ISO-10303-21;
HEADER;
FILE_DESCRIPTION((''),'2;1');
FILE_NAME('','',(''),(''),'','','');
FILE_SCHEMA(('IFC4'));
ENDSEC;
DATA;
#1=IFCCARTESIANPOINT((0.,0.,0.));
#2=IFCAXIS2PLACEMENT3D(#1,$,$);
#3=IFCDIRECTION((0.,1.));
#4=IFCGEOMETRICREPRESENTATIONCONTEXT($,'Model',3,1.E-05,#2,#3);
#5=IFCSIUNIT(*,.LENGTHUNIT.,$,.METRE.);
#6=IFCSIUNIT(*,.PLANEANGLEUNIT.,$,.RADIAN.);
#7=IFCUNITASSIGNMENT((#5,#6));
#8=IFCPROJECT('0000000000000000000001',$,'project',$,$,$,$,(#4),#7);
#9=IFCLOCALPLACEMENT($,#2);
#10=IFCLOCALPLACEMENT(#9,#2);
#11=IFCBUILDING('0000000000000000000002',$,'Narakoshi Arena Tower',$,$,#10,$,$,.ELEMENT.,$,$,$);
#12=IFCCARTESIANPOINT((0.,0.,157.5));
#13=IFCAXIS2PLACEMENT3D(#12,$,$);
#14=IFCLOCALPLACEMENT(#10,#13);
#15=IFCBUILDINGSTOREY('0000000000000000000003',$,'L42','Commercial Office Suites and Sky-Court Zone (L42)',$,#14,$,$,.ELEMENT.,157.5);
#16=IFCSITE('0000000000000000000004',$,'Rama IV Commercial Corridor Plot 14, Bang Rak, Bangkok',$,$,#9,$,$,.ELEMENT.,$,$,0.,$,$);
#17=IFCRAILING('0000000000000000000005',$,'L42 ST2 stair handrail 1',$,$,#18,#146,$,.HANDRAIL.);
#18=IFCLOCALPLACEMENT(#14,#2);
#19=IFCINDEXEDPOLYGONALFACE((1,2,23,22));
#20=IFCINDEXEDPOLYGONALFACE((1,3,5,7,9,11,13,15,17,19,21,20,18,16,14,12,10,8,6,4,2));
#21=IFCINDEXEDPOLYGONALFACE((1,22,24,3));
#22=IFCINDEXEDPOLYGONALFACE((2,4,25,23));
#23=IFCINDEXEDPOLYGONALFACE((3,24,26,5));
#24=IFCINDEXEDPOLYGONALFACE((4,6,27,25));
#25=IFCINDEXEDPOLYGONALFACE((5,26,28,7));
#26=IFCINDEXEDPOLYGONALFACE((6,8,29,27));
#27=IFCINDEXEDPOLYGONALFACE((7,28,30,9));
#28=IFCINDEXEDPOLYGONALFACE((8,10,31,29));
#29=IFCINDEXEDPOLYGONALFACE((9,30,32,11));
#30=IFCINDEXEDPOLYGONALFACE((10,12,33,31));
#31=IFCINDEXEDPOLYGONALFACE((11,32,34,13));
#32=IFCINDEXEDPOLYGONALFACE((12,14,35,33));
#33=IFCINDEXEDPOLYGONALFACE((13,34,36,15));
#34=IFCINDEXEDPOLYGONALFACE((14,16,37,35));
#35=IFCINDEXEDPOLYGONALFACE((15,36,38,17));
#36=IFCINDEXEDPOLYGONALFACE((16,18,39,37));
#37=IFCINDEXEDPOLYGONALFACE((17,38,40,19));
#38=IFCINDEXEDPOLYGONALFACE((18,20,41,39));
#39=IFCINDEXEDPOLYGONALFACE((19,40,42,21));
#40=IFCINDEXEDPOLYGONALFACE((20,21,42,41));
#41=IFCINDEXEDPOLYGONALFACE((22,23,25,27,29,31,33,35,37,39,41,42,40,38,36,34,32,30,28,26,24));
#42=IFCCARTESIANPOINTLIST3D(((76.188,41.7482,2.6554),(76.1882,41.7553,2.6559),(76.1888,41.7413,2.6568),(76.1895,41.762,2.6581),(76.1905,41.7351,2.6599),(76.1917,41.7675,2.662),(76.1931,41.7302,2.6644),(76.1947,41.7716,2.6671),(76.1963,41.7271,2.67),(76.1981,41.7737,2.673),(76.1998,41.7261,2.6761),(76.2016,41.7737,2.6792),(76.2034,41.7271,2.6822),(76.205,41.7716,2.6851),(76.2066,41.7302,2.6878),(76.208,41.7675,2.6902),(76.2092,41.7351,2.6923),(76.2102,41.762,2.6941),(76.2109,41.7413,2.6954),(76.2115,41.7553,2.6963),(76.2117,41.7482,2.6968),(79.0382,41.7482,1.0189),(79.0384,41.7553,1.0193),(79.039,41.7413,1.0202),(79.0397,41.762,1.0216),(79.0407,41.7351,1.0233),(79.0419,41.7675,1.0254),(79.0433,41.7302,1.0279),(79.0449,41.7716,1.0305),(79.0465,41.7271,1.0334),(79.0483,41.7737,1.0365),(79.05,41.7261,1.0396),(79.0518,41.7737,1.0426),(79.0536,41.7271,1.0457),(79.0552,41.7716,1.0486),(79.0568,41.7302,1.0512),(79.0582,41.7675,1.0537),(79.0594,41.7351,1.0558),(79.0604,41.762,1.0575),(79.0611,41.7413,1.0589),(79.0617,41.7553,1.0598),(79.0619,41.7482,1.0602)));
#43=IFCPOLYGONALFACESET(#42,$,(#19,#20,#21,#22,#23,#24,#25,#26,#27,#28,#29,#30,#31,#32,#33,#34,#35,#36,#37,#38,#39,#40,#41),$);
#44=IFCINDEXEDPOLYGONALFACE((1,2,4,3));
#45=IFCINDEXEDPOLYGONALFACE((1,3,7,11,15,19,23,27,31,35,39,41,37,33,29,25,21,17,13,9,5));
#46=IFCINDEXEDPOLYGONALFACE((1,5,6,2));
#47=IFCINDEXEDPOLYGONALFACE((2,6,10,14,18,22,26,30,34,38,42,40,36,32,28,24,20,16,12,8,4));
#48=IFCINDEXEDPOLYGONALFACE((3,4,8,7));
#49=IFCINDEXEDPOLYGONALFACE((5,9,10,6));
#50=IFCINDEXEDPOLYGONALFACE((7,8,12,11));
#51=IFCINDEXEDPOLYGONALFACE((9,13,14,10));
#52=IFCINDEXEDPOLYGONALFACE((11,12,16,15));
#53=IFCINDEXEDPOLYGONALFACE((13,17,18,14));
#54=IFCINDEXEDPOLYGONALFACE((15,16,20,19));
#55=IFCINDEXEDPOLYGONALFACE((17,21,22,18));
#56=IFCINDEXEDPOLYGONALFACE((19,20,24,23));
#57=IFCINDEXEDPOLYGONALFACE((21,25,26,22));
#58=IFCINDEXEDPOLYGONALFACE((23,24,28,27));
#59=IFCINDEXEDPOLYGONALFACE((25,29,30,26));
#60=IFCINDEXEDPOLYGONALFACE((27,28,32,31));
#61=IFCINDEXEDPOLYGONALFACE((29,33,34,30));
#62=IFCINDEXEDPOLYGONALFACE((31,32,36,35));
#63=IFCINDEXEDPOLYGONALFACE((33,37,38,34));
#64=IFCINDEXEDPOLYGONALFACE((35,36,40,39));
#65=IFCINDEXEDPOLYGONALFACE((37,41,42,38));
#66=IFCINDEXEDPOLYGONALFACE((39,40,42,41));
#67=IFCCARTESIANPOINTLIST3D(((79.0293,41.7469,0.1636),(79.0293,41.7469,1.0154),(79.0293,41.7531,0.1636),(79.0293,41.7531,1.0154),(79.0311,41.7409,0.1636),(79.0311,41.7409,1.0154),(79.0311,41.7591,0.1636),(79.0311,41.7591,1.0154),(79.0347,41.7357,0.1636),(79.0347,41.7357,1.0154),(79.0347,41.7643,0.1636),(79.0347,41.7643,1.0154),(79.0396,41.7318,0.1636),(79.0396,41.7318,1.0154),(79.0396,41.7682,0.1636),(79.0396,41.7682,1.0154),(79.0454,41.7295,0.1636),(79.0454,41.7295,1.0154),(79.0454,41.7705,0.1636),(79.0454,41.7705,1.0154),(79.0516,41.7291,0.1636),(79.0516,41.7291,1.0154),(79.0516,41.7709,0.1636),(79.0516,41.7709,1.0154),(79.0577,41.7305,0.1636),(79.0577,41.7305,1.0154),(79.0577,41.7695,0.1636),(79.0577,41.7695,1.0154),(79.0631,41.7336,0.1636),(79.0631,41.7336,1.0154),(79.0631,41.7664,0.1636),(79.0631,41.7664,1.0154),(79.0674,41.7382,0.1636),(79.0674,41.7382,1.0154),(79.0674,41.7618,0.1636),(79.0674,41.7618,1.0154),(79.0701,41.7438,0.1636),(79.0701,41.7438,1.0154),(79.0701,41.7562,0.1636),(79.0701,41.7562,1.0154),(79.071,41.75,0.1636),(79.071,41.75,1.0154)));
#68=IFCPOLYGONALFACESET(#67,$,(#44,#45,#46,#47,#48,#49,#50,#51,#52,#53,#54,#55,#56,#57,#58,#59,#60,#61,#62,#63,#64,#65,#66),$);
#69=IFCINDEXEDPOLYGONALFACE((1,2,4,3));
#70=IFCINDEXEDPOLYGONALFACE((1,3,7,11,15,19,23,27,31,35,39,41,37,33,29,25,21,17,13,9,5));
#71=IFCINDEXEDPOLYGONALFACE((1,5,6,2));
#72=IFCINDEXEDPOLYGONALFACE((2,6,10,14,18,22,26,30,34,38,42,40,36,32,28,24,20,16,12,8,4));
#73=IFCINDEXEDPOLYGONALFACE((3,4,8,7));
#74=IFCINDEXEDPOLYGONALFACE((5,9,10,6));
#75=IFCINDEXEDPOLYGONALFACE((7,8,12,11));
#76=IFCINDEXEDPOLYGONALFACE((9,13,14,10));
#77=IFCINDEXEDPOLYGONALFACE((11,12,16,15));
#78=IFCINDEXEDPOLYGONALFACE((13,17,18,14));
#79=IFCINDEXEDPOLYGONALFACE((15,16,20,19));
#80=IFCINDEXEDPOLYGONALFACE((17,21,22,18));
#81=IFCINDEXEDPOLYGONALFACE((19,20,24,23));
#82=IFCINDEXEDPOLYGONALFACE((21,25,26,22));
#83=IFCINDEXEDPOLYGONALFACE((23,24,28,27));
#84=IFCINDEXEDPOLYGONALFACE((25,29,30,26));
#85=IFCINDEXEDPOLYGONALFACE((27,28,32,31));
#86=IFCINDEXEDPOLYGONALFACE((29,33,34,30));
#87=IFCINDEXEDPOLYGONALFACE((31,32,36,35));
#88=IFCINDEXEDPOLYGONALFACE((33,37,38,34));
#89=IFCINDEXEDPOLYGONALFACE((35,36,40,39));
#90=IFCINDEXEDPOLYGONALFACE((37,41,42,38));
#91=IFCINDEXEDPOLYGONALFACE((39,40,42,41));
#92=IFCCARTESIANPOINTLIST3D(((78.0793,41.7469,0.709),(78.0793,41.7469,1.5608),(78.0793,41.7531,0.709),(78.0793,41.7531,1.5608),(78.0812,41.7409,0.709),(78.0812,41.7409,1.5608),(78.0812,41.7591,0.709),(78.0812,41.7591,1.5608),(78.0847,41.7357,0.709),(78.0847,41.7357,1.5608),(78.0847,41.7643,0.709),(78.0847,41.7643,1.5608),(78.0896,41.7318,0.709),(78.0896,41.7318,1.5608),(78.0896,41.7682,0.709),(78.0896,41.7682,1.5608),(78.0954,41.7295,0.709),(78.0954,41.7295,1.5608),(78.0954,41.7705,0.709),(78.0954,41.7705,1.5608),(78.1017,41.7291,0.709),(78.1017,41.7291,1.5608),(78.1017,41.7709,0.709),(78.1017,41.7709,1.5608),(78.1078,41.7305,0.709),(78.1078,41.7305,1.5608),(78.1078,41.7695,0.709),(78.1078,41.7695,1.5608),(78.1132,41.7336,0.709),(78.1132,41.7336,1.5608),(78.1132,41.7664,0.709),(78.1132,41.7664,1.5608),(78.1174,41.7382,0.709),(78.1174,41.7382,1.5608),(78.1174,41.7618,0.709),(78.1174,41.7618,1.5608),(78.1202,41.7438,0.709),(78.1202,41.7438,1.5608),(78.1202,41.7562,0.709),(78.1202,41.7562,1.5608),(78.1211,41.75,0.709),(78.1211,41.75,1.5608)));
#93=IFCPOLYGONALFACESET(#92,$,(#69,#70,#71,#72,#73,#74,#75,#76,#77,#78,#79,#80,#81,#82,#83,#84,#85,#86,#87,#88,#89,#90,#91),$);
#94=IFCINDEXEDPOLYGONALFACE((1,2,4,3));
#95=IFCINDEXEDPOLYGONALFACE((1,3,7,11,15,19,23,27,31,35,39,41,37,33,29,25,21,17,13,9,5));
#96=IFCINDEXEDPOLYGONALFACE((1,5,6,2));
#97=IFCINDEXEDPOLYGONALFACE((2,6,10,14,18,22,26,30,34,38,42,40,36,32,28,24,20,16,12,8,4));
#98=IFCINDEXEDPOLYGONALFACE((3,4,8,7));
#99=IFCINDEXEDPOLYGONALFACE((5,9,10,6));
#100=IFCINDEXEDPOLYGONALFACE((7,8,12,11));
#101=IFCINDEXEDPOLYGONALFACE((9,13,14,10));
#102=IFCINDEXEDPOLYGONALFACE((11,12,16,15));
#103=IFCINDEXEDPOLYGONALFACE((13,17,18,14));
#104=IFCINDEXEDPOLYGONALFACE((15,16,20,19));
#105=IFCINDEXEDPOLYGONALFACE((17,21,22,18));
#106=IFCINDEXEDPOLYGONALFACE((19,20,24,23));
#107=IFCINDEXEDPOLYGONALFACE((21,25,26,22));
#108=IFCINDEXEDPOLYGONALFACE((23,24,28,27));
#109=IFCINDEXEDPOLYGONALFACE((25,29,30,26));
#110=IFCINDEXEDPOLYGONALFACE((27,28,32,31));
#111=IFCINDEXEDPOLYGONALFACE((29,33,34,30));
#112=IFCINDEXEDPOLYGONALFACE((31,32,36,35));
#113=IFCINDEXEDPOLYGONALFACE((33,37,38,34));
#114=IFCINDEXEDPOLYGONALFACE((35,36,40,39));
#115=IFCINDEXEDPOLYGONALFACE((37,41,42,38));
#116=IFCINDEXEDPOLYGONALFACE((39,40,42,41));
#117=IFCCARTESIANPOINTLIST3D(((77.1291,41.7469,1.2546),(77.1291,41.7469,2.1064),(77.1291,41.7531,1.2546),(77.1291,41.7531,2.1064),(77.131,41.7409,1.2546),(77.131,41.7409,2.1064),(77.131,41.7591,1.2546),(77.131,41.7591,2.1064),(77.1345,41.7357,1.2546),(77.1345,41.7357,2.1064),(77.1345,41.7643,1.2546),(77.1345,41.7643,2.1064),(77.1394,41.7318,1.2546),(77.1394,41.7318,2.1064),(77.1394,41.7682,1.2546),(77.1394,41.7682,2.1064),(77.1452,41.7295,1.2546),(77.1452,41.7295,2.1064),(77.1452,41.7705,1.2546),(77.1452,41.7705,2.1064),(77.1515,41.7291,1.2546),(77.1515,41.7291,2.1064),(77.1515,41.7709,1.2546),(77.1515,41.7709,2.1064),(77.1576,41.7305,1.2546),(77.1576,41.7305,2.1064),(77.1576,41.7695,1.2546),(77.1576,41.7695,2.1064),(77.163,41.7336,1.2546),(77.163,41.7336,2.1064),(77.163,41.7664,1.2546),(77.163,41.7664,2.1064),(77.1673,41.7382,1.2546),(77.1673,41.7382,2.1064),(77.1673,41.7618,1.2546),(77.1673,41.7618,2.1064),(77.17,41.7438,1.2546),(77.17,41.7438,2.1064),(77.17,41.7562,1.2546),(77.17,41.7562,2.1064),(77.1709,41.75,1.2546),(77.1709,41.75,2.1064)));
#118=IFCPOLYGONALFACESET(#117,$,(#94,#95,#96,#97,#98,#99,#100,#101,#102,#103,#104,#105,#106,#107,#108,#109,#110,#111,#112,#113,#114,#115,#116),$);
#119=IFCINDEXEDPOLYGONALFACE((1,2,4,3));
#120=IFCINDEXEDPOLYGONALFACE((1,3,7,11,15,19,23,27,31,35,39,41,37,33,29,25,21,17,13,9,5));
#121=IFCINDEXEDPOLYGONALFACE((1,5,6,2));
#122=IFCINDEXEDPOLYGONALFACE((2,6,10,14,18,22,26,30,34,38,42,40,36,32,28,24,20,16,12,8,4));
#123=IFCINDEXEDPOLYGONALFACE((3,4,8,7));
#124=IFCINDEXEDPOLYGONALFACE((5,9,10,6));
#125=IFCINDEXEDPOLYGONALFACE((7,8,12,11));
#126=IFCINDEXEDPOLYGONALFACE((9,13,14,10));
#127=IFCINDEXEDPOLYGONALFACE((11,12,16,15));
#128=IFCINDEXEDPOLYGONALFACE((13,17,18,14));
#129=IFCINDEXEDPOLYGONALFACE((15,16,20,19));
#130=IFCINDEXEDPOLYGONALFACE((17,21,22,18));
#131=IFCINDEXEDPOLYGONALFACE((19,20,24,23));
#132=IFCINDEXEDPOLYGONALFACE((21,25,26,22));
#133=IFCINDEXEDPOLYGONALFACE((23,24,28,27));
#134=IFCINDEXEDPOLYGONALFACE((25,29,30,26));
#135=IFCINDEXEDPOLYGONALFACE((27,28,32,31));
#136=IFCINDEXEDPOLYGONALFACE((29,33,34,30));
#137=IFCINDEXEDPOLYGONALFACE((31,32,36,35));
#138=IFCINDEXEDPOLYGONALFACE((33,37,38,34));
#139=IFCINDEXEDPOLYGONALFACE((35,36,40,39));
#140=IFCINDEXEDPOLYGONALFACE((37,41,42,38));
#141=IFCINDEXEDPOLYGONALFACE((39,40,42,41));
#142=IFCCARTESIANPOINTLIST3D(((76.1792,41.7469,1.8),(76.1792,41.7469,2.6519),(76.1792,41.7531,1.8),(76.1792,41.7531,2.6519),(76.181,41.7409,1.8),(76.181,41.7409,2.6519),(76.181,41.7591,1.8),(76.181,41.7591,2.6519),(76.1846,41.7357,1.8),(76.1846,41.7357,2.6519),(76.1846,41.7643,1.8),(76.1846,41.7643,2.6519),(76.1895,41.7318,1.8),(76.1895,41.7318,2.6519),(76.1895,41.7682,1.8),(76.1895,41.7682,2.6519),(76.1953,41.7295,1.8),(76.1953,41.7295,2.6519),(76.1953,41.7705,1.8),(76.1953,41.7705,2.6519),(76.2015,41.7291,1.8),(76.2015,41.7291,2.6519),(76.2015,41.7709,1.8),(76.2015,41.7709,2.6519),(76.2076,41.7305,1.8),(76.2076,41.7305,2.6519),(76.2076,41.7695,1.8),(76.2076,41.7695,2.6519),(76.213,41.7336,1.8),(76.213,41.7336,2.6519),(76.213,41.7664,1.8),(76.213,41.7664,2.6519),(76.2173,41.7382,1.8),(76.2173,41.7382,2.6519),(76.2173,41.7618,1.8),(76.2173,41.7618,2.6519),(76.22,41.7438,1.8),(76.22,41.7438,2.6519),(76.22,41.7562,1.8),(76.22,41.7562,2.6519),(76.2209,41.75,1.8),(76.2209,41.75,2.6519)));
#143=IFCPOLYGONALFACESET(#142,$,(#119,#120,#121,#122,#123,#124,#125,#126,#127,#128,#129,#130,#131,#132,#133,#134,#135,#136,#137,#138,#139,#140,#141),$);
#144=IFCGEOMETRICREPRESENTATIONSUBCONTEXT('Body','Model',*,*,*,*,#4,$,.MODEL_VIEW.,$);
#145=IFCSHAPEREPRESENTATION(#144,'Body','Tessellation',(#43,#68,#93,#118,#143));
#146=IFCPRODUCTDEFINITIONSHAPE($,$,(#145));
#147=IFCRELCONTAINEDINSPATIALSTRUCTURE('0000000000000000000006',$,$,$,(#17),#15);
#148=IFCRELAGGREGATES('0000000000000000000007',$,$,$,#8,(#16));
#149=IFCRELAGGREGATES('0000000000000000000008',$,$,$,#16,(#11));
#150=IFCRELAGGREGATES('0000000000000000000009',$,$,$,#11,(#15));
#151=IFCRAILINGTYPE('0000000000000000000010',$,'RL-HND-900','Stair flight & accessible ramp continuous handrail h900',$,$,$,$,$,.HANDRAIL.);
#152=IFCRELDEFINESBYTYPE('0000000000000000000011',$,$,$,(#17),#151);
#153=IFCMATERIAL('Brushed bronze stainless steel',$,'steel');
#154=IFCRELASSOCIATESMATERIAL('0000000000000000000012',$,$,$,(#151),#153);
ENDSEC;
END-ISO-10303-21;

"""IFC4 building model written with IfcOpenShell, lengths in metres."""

from ifc_helpers import new_model, si_unit, direction, frame, origin, origin_2d, place, context, subcontext, project, spatial, circle, extrude, material, type_object, element, save


model = new_model("IFC4")

# Units and contexts
model_context = context("Model", 3, precision=1e-05, world=origin(), true_north=direction((0.0, 1.0)))
body_context = subcontext(model_context, "Body", "Model", "MODEL_VIEW")
ifc_project = project(units=[si_unit("LENGTHUNIT", "METRE"), si_unit("PLANEANGLEUNIT", "RADIAN")], contexts=[model_context])

# Site, building, storey
site_placement = place(None, origin())
site = spatial("IfcSite", under=ifc_project, at=site_placement, Name="Rama IV Commercial Corridor Plot 14, Bang Rak, Bangkok", CompositionType="ELEMENT", RefElevation=0.0)
building_placement = place(site_placement, origin())
building = spatial("IfcBuilding", under=site, at=building_placement, Name="Narakoshi Arena Tower", CompositionType="ELEMENT")
storey_placement = place(building_placement, frame((0.0, 0.0, 157.5)))
storey = spatial("IfcBuildingStorey", under=building, at=storey_placement, Name="L42", Description="Commercial Office Suites and Sky-Court Zone (L42)", CompositionType="ELEMENT", Elevation=157.5)

# Railing
ifc_material_1 = material(Name="Brushed bronze stainless steel", Category="steel")
railing_type_1 = type_object("IfcRailingType", Name="RL-HND-900", Description="Stair flight & accessible ramp continuous handrail h900", PredefinedType="HANDRAIL", material=ifc_material_1)
for number, where, name in (
    (1, (79.05, 41.75, 0.1636), "L42 ST2 stair handrail 1"),
):
    element("IfcRailing", number, at=place(storey_placement, frame(where)), inside=storey, type_object=railing_type_1, Name=name, PredefinedType="HANDRAIL", context=body_context, shape_type="SweptSolid", body=[
        extrude(circle(Radius=0.0239, at=origin_2d()), frame((0.0, 0.0, 0.876), z_axis=(-0.867213, 0.0, 0.497938), x_axis=(0.0, -1.0, 0.0)), (0.0, 0.0, 1.0), 3.2866),
        extrude(circle(Radius=0.021, at=origin_2d()), origin(), (0.0, 0.0, 1.0), 0.8518),
        extrude(circle(Radius=0.021, at=origin_2d()), frame((-0.95, 0.0, 0.5454)), (0.0, 0.0, 1.0), 0.8518),
        extrude(circle(Radius=0.021, at=origin_2d()), frame((-1.9001, 0.0, 1.0911)), (0.0, 0.0, 1.0), 0.8518),
        extrude(circle(Radius=0.021, at=origin_2d()), frame((-2.8501, 0.0, 1.6365)), (0.0, 0.0, 1.0), 0.8518),
    ])

save(model, "model.ifc")
